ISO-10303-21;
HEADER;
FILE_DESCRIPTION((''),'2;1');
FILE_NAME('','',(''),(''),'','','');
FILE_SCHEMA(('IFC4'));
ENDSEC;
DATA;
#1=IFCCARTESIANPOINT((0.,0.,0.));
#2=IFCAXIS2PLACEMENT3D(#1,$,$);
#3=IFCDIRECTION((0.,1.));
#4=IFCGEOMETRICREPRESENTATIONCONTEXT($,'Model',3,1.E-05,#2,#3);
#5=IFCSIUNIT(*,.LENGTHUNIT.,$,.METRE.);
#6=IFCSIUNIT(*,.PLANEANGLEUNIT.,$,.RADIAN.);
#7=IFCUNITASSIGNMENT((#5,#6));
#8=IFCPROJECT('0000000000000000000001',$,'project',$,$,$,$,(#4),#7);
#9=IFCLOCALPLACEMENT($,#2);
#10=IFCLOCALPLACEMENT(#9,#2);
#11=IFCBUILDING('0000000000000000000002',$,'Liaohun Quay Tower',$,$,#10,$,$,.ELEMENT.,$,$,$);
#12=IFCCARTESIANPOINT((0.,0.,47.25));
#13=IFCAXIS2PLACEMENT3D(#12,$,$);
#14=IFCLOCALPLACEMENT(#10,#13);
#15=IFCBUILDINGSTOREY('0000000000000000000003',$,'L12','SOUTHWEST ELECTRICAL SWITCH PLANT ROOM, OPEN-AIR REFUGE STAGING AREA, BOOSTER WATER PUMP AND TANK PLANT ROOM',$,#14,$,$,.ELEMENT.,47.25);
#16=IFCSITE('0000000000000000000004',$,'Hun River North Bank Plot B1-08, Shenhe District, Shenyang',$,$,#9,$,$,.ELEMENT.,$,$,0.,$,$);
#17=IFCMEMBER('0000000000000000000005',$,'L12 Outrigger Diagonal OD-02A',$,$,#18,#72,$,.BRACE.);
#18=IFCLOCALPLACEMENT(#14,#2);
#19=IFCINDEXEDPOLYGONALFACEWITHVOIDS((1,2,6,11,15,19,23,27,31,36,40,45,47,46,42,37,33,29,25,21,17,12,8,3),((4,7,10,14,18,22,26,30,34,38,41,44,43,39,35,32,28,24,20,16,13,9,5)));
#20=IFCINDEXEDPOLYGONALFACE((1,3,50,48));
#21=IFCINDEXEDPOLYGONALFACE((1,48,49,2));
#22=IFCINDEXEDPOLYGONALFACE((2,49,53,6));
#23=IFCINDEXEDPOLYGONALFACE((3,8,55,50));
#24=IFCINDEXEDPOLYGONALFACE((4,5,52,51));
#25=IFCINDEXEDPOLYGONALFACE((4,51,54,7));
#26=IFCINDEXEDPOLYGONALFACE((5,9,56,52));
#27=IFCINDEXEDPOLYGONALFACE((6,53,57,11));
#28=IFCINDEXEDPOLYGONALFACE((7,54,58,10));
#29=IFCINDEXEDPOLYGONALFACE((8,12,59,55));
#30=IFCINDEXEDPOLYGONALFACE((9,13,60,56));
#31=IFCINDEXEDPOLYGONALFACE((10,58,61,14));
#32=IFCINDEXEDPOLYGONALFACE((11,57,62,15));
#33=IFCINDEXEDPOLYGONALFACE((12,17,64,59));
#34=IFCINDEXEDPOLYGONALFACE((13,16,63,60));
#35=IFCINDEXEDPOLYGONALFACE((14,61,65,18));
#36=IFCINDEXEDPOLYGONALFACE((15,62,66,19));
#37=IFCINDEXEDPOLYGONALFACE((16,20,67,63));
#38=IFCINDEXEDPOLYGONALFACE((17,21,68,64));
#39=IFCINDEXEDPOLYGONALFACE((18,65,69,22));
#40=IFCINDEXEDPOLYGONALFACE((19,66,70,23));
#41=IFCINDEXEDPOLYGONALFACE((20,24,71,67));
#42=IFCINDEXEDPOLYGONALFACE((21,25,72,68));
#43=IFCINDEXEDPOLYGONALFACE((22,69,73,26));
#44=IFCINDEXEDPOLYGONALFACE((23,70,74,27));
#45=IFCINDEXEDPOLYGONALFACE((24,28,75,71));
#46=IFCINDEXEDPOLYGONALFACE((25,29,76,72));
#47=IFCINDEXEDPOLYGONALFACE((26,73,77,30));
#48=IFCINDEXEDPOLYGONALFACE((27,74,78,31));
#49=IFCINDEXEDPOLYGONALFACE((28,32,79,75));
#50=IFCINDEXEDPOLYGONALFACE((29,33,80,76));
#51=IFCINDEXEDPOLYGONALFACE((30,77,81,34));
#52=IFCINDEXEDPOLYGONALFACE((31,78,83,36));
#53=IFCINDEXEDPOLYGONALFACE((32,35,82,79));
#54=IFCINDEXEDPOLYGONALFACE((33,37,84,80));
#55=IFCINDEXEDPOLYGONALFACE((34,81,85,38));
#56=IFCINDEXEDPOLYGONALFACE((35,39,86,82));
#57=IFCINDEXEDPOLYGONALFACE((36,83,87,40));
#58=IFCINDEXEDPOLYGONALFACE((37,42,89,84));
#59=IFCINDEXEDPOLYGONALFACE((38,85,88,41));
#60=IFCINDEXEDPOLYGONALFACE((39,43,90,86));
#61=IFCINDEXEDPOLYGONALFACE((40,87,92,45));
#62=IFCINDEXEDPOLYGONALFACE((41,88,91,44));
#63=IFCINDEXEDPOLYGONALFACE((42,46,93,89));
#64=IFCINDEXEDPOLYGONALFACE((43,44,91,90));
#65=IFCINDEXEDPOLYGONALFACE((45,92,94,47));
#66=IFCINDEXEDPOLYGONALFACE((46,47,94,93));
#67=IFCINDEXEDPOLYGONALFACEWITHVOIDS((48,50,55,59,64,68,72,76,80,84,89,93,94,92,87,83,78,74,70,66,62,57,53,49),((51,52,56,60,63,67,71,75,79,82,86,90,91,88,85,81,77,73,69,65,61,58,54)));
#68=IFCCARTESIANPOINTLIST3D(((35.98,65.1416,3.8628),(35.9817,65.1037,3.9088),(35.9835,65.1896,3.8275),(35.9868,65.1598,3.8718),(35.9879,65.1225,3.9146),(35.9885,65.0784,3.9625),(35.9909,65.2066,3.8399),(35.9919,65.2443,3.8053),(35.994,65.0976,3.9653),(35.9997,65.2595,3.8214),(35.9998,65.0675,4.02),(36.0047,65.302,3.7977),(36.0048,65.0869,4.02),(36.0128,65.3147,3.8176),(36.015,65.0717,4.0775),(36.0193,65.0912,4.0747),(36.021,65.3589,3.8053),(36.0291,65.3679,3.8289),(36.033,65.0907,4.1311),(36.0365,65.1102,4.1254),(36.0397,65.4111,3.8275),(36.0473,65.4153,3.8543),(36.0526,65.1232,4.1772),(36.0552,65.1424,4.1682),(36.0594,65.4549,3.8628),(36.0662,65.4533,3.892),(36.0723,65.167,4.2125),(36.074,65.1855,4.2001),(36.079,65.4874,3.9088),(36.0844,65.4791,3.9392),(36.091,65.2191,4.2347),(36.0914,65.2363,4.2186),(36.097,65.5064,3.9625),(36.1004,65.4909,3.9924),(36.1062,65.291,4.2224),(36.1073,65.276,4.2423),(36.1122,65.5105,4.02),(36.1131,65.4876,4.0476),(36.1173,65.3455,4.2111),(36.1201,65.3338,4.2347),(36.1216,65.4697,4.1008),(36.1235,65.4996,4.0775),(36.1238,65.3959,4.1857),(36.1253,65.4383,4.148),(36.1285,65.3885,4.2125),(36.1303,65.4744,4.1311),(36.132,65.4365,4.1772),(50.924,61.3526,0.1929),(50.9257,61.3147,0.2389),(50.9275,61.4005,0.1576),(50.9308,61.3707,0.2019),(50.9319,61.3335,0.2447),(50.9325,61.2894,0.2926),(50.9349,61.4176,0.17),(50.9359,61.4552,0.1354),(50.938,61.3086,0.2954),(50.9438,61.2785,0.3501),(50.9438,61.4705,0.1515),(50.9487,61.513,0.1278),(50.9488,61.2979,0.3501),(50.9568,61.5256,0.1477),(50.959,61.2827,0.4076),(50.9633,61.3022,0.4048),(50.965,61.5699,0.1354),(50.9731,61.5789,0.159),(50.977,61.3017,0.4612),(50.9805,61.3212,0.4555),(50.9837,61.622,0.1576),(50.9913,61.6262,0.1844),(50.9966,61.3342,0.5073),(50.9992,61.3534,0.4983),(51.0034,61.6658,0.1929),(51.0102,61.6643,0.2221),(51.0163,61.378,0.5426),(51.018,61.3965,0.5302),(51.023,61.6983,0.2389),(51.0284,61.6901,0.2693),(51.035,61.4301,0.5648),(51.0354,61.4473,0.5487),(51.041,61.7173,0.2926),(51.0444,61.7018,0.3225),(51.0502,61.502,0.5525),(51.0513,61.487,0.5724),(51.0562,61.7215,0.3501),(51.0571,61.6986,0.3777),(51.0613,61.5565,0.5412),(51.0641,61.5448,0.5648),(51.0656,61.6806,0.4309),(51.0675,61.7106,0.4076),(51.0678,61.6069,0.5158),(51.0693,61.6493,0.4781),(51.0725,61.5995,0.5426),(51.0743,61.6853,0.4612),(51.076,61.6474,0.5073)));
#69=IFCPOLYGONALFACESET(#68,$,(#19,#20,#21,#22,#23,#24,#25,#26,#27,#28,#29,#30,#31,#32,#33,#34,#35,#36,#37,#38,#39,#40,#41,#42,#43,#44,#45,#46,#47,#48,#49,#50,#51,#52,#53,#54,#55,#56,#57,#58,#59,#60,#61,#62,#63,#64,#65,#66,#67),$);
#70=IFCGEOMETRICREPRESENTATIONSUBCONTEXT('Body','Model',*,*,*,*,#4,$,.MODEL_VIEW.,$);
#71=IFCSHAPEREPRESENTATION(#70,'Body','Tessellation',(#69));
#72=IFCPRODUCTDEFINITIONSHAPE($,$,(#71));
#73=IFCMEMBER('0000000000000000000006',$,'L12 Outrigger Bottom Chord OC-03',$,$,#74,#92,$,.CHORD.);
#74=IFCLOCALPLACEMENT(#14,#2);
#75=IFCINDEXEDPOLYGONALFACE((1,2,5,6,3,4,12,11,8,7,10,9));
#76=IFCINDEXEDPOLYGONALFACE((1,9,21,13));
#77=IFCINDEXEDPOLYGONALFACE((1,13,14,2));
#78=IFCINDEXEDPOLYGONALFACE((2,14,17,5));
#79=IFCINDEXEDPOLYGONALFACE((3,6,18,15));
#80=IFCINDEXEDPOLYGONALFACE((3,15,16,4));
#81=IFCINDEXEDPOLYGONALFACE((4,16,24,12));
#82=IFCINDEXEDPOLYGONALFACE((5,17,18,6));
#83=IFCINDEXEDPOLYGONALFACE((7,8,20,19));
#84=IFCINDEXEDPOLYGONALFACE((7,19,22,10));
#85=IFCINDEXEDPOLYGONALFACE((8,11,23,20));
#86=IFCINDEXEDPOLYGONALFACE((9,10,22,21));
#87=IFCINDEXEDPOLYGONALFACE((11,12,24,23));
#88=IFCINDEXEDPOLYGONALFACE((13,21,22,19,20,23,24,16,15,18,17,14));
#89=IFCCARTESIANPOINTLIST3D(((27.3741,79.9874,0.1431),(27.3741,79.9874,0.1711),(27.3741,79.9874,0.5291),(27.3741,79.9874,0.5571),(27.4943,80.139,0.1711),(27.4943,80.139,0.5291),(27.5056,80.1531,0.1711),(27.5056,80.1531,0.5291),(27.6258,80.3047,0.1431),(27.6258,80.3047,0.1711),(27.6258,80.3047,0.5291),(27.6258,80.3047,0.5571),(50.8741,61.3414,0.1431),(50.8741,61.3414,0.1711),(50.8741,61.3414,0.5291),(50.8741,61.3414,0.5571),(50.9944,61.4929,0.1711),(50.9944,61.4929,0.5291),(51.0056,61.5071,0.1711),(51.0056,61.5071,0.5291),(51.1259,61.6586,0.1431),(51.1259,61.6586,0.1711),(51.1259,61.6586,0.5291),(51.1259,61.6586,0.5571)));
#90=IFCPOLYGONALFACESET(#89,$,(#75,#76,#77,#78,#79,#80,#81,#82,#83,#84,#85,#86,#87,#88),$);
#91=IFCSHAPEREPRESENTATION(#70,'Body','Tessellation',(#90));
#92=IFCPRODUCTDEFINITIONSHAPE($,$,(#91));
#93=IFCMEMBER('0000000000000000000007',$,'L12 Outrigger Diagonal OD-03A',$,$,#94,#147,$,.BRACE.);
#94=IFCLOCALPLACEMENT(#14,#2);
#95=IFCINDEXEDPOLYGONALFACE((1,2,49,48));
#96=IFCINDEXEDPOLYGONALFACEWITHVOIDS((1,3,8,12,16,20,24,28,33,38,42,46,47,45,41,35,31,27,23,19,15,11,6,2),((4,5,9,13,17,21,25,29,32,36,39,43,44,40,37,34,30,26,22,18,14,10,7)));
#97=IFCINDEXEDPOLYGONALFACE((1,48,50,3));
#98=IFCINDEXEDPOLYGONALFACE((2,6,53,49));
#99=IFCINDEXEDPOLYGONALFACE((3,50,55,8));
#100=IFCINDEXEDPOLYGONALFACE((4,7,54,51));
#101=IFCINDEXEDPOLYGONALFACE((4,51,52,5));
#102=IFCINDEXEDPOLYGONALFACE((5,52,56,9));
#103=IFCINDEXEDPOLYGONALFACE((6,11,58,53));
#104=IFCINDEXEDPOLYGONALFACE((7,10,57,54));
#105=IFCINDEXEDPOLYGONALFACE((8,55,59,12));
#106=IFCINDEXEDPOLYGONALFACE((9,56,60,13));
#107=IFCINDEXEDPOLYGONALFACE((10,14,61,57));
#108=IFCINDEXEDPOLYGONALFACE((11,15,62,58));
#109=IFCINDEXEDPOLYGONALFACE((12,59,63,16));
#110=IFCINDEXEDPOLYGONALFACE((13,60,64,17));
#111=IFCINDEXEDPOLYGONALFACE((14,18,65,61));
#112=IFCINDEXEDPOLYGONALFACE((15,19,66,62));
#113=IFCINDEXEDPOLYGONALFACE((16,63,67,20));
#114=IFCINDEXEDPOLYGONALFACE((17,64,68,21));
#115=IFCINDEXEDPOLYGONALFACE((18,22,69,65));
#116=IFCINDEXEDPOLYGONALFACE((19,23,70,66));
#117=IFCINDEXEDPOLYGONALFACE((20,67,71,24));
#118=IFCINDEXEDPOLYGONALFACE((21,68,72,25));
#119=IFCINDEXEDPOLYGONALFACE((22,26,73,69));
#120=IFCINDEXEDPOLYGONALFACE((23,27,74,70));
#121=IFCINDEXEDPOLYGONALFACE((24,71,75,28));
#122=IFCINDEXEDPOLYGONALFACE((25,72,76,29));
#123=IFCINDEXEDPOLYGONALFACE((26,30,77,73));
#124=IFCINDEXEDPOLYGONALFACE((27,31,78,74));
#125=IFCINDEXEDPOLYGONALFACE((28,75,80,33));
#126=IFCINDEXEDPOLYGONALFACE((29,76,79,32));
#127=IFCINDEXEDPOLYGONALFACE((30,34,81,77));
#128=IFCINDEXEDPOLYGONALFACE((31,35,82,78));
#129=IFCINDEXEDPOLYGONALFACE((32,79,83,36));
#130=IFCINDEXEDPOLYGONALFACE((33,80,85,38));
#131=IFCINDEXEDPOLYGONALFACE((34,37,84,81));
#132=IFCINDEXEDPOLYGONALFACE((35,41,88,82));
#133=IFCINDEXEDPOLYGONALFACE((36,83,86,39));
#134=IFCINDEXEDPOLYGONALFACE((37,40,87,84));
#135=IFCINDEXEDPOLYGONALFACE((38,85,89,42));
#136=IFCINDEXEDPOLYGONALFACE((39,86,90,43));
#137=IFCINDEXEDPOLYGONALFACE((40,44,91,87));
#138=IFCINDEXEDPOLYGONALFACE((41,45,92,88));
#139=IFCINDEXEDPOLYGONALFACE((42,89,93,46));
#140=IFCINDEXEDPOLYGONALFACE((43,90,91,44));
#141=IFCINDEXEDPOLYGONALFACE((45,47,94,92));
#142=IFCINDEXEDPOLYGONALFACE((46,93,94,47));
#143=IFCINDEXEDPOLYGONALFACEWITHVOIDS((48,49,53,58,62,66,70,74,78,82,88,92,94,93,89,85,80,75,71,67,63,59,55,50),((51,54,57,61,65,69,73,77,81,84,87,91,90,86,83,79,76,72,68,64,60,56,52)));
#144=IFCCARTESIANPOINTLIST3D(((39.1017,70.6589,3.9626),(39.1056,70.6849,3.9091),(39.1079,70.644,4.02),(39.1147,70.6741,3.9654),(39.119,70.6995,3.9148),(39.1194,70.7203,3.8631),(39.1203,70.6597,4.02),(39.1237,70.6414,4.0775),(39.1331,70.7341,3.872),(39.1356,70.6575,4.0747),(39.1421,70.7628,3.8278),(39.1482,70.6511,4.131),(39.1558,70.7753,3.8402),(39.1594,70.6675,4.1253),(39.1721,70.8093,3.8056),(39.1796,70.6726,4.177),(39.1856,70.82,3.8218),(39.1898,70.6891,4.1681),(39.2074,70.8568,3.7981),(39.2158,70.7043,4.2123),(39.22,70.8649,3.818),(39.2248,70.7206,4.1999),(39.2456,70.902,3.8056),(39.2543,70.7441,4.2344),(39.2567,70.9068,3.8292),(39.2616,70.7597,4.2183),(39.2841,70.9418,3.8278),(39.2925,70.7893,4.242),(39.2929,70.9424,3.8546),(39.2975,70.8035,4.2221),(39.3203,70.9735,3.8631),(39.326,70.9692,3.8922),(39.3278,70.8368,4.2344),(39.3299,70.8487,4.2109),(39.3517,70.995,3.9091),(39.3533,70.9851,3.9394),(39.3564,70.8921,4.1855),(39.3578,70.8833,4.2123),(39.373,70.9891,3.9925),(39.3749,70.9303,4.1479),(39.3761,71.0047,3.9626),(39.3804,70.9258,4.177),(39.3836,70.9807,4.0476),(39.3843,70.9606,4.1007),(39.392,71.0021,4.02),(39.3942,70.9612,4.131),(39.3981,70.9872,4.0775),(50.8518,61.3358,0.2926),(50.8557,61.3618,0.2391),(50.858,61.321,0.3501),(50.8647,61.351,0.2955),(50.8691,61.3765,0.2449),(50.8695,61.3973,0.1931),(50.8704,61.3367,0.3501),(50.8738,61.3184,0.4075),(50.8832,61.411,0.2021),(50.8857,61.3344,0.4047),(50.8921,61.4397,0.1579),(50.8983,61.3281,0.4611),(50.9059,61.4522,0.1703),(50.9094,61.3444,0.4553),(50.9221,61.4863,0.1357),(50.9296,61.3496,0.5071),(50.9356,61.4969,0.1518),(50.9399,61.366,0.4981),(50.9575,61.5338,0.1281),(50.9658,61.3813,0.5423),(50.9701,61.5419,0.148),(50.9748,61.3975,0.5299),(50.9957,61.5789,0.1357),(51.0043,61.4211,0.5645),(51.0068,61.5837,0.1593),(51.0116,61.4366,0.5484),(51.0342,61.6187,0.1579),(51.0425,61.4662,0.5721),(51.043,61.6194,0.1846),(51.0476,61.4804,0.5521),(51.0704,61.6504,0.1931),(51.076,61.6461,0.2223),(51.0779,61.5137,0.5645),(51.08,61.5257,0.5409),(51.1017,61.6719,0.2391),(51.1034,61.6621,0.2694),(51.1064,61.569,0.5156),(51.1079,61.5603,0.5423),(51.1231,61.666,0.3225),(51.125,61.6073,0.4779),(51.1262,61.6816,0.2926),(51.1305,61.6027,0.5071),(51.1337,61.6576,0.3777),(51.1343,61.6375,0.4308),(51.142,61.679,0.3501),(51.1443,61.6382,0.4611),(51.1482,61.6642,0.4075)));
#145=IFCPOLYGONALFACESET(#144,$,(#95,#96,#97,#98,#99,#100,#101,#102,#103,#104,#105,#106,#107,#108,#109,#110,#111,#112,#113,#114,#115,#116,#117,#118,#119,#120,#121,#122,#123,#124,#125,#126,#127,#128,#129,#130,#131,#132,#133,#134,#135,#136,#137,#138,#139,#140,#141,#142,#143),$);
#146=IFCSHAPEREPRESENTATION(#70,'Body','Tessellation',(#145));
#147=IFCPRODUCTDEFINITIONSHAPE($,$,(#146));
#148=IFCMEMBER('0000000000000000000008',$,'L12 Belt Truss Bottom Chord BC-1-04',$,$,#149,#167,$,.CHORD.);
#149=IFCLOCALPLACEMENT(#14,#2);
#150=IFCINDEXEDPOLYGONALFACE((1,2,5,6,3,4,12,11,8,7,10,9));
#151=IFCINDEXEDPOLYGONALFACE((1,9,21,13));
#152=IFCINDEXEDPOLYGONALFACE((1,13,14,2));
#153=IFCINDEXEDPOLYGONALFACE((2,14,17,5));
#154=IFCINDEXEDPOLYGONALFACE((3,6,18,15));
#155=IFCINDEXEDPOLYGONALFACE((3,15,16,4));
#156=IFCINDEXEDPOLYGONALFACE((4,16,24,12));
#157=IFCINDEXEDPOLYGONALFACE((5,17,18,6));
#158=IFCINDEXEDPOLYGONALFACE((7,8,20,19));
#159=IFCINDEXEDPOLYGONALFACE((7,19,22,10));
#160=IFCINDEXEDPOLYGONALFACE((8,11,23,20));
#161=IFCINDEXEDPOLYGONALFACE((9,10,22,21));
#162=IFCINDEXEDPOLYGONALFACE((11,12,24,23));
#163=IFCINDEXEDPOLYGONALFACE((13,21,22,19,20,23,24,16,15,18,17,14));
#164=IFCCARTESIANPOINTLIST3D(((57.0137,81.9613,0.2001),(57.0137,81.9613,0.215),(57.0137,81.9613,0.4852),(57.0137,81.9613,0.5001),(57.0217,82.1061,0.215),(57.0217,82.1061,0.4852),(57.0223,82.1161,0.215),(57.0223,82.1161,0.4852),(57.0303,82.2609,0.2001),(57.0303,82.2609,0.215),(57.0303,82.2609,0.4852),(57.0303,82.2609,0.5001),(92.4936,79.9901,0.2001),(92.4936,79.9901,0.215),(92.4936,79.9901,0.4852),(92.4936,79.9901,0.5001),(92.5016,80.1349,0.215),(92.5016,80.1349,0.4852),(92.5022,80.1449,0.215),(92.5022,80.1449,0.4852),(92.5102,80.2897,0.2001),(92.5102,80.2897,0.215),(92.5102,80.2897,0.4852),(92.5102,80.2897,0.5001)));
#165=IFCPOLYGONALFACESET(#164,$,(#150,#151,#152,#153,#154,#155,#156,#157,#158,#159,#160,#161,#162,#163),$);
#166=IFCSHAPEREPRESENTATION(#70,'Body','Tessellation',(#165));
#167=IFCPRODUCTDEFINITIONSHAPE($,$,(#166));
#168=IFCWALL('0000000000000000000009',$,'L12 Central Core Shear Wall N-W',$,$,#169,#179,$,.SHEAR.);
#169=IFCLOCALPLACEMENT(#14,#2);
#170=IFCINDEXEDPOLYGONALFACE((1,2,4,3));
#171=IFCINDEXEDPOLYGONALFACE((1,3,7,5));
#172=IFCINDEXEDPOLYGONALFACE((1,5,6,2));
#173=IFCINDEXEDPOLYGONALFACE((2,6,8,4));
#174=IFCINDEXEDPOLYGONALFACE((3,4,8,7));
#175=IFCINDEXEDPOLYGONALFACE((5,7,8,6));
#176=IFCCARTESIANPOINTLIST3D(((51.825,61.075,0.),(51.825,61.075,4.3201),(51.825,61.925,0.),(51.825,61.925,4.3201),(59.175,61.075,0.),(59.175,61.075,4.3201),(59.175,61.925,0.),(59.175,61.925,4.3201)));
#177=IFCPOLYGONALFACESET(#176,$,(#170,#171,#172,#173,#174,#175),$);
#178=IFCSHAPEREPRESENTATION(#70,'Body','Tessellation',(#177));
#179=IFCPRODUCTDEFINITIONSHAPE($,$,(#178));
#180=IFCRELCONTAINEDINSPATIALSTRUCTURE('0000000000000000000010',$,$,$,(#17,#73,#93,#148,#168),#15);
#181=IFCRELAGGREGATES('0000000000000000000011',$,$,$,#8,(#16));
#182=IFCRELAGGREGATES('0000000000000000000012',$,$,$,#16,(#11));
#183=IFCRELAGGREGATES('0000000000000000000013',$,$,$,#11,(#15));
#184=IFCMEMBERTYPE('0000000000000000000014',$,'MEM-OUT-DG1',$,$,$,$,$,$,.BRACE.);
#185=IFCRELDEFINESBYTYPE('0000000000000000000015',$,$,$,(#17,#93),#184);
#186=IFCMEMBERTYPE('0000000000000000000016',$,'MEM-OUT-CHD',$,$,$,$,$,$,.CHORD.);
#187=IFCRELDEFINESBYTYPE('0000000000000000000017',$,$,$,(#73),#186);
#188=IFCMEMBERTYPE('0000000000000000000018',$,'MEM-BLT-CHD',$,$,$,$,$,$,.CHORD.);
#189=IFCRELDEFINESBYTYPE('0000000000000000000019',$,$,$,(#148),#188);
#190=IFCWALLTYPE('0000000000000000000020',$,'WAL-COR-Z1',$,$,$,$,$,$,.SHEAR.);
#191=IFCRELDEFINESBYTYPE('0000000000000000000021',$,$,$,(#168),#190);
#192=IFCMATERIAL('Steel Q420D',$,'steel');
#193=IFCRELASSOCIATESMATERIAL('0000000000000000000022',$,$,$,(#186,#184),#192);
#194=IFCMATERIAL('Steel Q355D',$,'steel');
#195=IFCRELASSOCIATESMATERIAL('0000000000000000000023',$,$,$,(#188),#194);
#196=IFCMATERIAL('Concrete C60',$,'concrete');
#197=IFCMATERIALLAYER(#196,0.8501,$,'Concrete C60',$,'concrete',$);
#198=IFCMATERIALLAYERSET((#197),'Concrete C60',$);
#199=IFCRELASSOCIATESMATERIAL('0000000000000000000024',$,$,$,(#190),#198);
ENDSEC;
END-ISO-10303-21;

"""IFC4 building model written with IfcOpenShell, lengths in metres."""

from ifc_helpers import new_model, si_unit, direction, frame, frame_2d, origin, origin_2d, place, context, subcontext, project, spatial, rectangle, hollow_circle, i_section, extrude, source, transform, mapped, material, layer, layer_set, material_profile, profile_set, type_object, element, save


model = new_model("IFC4")

# Units and contexts
model_context = context("Model", 3, precision=1e-05, world=origin(), true_north=direction((0.0, 1.0)))
body_context = subcontext(model_context, "Body", "Model", "MODEL_VIEW")
ifc_project = project(units=[si_unit("LENGTHUNIT", "METRE"), si_unit("PLANEANGLEUNIT", "RADIAN")], contexts=[model_context])

# Site, building, storey
site_placement = place(None, origin())
site = spatial("IfcSite", under=ifc_project, at=site_placement, Name="Hun River North Bank Plot B1-08, Shenhe District, Shenyang", CompositionType="ELEMENT", RefElevation=0.0)
building_placement = place(site_placement, origin())
building = spatial("IfcBuilding", under=site, at=building_placement, Name="Liaohun Quay Tower", CompositionType="ELEMENT")
storey_placement = place(building_placement, frame((0.0, 0.0, 47.25)))
storey = spatial("IfcBuildingStorey", under=building, at=storey_placement, Name="L12", Description="SOUTHWEST ELECTRICAL SWITCH PLANT ROOM, OPEN-AIR REFUGE STAGING AREA, BOOSTER WATER PUMP AND TANK PLANT ROOM", CompositionType="ELEMENT", Elevation=47.25)

# Shared definitions
ifc_material_1 = material(Name="Concrete C60", Category="concrete")

# Shared definitions
ifc_material_2 = material(Name="Steel Q355D", Category="steel")
ifc_material_3 = material(Name="Steel Q420D", Category="steel")

# Members
ifc_material_profile_1 = material_profile(ifc_material_3, i_section(OverallWidth=0.405, OverallDepth=0.4141, WebThickness=0.0181, FlangeThickness=0.0281, at=origin_2d()), Name="HW414x405x18x28")
ifc_profile_set_1 = profile_set([ifc_material_profile_1], Name="Steel Q420D")
member_type_1 = type_object("IfcMemberType", Name="MEM-OUT-CHD", PredefinedType="CHORD", material=ifc_profile_set_1)
ifc_material_profile_2 = material_profile(ifc_material_3, hollow_circle(Radius=0.2285, WallThickness=0.02, at=origin_2d()), Name="CHS457x20")
ifc_profile_set_2 = profile_set([ifc_material_profile_2], Name="Steel Q420D")
member_type_2 = type_object("IfcMemberType", Name="MEM-OUT-DG1", PredefinedType="BRACE", material=ifc_profile_set_2)
shared_shape_1 = source(origin(), body_context, "Body", "SweptSolid", [
    extrude(hollow_circle(Radius=0.2285, WallThickness=0.02, at=origin_2d()), origin(), (0.0, 0.0, 1.0), 15.8477),
])
member_1_placement = place(storey_placement, frame((51.0, 61.5, 0.3501), z_axis=(-0.942979, 0.239092, 0.231574), x_axis=(-0.245772, -0.969328, 0.0)))
element("IfcMember", 1, at=member_1_placement, inside=storey, type_object=member_type_2, Name="L12 Outrigger Diagonal OD-02A", PredefinedType="BRACE", context=body_context, shape_type="MappedRepresentation", body=[
    mapped(shared_shape_1, transform((0.0, 0.0, 0.0), x_axis=(1.0, 0.0, 0.0), y_axis=(0.0, 1.0, 0.0), z_axis=(0.0, 0.0, 1.0), scale=1.0)),
])
shared_shape_2 = source(origin(), body_context, "Body", "SweptSolid", [
    extrude(i_section(OverallWidth=0.405, OverallDepth=0.4141, WebThickness=0.0181, FlangeThickness=0.0281, at=origin_2d()), origin(), (0.0, 0.0, 1.0), 29.9988),
])
member_2_placement = place(storey_placement, frame((51.0, 61.5, 0.3501), z_axis=(-0.783367, 0.62156, 0.0), x_axis=(-0.62156, -0.783367, 0.0)))
element("IfcMember", 2, at=member_2_placement, inside=storey, type_object=member_type_1, Name="L12 Outrigger Bottom Chord OC-03", PredefinedType="CHORD", context=body_context, shape_type="MappedRepresentation", body=[
    mapped(shared_shape_2, transform((0.0, 0.0, 0.0), x_axis=(1.0, 0.0, 0.0), y_axis=(0.0, 1.0, 0.0), z_axis=(0.0, 0.0, 1.0), scale=1.0)),
])
shared_shape_3 = source(origin(), body_context, "Body", "SweptSolid", [
    extrude(hollow_circle(Radius=0.2285, WallThickness=0.02, at=origin_2d()), origin(), (0.0, 0.0, 1.0), 15.4419),
])
member_3_placement = place(storey_placement, frame((51.0, 61.5, 0.3501), z_axis=(-0.760922, 0.603751, 0.237662), x_axis=(-0.62156, -0.783367, 0.0)))
element("IfcMember", 3, at=member_3_placement, inside=storey, type_object=member_type_2, Name="L12 Outrigger Diagonal OD-03A", PredefinedType="BRACE", context=body_context, shape_type="MappedRepresentation", body=[
    mapped(shared_shape_3, transform((0.0, 0.0, 0.0), x_axis=(1.0, 0.0, 0.0), y_axis=(0.0, 1.0, 0.0), z_axis=(0.0, 0.0, 1.0), scale=1.0)),
])
ifc_material_profile_3 = material_profile(ifc_material_2, i_section(OverallWidth=0.3, OverallDepth=0.3, WebThickness=0.01, FlangeThickness=0.0149, at=origin_2d()), Name="HW300x300x10x15")
ifc_profile_set_3 = profile_set([ifc_material_profile_3], Name="Steel Q355D")
member_type_3 = type_object("IfcMemberType", Name="MEM-BLT-CHD", PredefinedType="CHORD", material=ifc_profile_set_3)
shared_shape_4 = source(origin(), body_context, "Body", "SweptSolid", [
    extrude(i_section(OverallWidth=0.3, OverallDepth=0.3, WebThickness=0.01, FlangeThickness=0.0149, at=origin_2d()), origin(), (0.0, 0.0, 1.0), 35.5347),
])
member_4_placement = place(storey_placement, frame((57.022, 82.1111, 0.3501), z_axis=(0.99846, -0.055472, 0.0), x_axis=(0.055472, 0.99846, 0.0)))
element("IfcMember", 4, at=member_4_placement, inside=storey, type_object=member_type_3, Name="L12 Belt Truss Bottom Chord BC-1-04", PredefinedType="CHORD", context=body_context, shape_type="MappedRepresentation", body=[
    mapped(shared_shape_4, transform((0.0, 0.0, 0.0), x_axis=(1.0, 0.0, 0.0), y_axis=(0.0, 1.0, 0.0), z_axis=(0.0, 0.0, 1.0), scale=1.0)),
])

# Wall
ifc_layer_1 = layer(ifc_material_1, 0.8501, Name="Concrete C60", Category="concrete")
ifc_layer_set_1 = layer_set([ifc_layer_1], Name="Concrete C60")
wall_type_1 = type_object("IfcWallType", Name="WAL-COR-Z1", PredefinedType="SHEAR", material=ifc_layer_set_1)
wall_1_placement = place(storey_placement, frame((51.825, 61.5, 0.0), z_axis=(0.0, 0.0, 1.0), x_axis=(1.0, 0.0, 0.0)))
element("IfcWall", 5, at=wall_1_placement, inside=storey, type_object=wall_type_1, Name="L12 Central Core Shear Wall N-W", PredefinedType="SHEAR", context=body_context, shape_type="SweptSolid", body=[
    extrude(rectangle(XDim=7.3501, YDim=0.8501, at=frame_2d((3.675, 0.0))), origin(), (0.0, 0.0, 1.0), 4.3201),
])

save(model, "model.ifc")
